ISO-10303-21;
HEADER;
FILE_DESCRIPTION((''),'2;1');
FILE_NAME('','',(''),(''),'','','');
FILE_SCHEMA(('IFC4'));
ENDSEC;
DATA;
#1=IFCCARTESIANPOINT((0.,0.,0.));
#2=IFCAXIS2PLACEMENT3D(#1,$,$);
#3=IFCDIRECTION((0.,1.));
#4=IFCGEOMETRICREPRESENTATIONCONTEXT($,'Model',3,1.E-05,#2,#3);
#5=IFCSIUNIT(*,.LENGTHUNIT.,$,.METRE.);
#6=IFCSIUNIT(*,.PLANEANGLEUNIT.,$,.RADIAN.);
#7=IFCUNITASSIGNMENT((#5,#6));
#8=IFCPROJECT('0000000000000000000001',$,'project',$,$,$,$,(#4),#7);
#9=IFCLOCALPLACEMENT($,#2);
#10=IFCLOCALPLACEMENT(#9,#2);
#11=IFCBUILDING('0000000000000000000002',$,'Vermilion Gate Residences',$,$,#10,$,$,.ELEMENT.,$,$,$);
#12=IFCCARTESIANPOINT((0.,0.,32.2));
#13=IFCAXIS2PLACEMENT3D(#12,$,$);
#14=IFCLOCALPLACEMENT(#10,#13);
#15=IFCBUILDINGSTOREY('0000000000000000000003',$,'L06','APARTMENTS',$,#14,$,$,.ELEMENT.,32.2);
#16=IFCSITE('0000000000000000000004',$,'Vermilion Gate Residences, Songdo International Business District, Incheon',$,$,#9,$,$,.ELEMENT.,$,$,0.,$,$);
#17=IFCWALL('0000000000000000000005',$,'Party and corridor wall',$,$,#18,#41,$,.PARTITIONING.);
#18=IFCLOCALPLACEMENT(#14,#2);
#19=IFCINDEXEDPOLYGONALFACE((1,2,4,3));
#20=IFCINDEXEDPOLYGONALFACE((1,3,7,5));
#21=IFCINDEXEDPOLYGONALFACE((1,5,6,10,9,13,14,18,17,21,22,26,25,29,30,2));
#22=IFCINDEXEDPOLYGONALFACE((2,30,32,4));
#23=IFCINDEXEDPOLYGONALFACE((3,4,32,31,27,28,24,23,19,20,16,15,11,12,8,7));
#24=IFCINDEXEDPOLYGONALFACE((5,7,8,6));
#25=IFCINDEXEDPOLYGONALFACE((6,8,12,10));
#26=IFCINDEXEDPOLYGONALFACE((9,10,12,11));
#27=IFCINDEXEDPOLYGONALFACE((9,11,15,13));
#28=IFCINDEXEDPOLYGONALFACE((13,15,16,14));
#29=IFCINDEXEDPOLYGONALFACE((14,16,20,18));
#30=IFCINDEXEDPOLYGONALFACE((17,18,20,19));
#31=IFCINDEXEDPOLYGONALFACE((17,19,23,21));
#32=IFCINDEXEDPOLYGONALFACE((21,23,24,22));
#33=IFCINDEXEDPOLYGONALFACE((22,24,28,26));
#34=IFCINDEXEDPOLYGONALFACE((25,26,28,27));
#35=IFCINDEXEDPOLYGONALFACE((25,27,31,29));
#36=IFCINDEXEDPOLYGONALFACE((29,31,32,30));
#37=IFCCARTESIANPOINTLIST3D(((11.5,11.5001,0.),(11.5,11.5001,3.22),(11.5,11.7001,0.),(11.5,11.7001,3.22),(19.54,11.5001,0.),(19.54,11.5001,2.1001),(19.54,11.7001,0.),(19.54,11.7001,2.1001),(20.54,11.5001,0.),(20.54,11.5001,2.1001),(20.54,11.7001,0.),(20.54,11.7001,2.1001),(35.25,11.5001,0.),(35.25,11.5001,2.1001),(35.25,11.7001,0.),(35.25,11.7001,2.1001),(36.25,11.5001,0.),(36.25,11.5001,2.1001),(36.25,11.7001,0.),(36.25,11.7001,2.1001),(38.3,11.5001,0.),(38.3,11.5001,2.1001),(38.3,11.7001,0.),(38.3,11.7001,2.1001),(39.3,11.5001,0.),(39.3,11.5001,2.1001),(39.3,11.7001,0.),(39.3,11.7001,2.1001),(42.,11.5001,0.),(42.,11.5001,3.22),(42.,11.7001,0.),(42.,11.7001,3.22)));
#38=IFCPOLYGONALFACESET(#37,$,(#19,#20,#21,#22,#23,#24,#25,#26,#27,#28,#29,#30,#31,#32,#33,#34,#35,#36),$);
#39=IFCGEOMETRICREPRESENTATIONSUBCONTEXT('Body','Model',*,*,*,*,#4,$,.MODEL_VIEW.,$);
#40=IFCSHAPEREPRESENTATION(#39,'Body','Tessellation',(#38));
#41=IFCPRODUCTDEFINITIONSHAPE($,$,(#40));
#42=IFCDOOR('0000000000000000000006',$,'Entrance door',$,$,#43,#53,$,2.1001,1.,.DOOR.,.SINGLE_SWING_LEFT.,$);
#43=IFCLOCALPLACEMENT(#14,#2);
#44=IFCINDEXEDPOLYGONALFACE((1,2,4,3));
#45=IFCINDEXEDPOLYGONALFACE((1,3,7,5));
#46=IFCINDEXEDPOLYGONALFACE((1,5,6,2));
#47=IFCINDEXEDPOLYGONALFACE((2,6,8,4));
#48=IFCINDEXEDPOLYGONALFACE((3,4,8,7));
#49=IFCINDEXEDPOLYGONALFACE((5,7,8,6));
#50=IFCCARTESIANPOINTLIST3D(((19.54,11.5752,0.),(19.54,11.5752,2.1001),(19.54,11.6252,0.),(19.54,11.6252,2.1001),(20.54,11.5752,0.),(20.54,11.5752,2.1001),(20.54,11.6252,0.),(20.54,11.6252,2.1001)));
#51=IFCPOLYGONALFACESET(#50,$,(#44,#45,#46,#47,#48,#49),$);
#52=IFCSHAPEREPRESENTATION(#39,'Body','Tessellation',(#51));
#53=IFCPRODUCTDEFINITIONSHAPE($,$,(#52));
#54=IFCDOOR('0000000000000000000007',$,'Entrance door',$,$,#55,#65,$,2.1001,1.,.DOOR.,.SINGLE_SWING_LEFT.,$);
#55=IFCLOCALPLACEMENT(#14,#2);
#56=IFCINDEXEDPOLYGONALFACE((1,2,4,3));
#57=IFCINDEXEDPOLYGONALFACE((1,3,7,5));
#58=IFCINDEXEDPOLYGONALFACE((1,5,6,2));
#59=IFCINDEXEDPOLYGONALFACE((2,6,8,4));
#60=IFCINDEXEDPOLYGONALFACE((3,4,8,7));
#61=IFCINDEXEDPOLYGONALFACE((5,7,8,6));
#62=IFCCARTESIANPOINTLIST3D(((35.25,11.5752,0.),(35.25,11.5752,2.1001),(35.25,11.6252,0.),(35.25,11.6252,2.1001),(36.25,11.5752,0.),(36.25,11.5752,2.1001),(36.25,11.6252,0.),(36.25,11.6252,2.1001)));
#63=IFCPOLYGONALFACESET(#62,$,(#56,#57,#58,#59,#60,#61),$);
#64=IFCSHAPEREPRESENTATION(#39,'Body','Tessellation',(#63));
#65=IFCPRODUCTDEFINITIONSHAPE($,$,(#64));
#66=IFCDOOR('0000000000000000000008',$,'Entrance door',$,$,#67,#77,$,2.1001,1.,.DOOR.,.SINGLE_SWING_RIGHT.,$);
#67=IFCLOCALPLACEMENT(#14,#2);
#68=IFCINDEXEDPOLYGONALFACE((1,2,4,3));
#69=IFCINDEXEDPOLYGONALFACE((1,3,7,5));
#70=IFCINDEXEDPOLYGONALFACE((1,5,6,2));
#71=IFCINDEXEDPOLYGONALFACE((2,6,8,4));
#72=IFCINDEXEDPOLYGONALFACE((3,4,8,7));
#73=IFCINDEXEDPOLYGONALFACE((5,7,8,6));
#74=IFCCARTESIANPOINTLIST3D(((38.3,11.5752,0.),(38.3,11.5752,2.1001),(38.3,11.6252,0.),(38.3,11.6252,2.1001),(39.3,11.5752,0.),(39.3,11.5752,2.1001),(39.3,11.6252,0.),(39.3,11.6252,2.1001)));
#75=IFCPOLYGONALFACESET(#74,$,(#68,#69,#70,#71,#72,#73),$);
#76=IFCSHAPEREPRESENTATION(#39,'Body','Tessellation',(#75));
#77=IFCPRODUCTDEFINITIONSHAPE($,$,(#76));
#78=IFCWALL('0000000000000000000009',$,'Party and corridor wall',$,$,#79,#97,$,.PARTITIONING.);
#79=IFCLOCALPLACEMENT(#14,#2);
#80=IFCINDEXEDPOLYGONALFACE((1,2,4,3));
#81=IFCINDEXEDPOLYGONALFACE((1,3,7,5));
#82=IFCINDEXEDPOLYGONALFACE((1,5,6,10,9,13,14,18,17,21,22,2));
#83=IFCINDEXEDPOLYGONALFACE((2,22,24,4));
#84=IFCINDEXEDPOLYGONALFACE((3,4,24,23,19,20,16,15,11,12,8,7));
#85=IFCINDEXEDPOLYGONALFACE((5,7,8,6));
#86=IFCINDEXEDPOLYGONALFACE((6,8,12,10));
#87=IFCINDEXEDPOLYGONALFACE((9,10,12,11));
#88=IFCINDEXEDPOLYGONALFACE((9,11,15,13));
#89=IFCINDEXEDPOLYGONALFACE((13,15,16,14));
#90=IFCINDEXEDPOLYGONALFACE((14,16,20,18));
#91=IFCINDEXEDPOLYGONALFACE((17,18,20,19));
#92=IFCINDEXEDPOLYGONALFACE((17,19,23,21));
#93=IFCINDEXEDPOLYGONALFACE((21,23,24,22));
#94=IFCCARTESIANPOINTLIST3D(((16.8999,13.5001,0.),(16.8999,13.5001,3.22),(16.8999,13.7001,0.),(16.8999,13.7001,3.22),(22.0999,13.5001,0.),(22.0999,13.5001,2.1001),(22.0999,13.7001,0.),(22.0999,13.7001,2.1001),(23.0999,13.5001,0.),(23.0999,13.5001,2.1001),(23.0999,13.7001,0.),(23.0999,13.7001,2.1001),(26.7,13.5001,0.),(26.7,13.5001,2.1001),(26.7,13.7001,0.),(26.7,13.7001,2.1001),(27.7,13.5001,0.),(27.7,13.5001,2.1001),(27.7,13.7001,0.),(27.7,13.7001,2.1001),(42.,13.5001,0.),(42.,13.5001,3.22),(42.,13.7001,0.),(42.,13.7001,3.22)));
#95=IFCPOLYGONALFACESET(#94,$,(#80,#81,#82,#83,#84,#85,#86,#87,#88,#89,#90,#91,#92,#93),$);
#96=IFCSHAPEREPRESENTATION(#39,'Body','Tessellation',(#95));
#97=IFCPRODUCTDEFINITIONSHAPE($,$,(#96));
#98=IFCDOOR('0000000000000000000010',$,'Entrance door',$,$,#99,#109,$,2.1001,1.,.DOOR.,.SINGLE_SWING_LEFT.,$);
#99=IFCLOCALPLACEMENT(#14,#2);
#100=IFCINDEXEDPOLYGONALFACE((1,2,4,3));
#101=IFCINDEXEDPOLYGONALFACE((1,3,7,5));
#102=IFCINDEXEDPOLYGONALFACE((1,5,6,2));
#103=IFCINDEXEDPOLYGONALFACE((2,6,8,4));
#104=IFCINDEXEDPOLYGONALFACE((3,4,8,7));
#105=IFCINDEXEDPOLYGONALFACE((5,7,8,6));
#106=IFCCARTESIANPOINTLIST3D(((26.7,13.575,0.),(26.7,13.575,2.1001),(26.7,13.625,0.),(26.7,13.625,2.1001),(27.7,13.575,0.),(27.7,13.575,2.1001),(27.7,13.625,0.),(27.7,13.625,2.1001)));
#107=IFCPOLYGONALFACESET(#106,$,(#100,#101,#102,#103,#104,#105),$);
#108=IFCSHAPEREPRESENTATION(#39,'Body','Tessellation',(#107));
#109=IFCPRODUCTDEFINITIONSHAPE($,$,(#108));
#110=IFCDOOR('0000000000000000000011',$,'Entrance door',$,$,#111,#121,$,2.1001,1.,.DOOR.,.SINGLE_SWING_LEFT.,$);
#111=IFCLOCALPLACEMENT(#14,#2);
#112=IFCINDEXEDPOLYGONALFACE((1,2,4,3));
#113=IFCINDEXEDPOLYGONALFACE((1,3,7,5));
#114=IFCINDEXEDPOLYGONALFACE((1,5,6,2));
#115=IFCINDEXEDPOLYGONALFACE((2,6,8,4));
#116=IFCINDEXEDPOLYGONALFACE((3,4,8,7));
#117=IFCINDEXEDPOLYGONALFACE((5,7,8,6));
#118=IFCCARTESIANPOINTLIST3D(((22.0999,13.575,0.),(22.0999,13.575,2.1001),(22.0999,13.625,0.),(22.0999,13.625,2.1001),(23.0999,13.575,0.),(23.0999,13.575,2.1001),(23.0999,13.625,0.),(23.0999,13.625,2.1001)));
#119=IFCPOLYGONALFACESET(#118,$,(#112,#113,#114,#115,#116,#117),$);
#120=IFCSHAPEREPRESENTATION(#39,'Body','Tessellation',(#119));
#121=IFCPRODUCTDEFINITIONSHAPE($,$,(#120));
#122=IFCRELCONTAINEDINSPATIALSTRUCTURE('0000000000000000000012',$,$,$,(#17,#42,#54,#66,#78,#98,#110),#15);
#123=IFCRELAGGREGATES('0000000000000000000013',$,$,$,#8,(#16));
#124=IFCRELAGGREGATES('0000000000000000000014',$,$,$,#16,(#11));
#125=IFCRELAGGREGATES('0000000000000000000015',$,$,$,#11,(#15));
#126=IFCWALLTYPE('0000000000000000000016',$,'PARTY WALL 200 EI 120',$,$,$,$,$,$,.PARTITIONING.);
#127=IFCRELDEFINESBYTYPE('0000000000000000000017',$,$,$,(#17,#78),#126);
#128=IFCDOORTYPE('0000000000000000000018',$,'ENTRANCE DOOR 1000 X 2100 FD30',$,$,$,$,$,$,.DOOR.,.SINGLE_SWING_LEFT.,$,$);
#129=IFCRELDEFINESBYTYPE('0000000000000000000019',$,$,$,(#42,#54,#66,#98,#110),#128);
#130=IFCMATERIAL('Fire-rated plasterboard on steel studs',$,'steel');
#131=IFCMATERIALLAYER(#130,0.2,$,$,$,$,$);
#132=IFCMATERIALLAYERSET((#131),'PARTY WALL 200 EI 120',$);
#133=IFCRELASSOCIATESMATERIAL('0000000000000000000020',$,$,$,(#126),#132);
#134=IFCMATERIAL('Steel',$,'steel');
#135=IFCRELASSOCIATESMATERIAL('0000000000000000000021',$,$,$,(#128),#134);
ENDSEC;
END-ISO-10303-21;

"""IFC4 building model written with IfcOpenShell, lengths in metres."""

from ifc_helpers import new_model, si_unit, direction, frame, frame_2d, origin, place, context, subcontext, project, spatial, rectangle, extrude, material, layer, layer_set, type_object, element, fill, save


model = new_model("IFC4")

# Units and contexts
model_context = context("Model", 3, precision=1e-05, world=origin(), true_north=direction((0.0, 1.0)))
body_context = subcontext(model_context, "Body", "Model", "MODEL_VIEW")
ifc_project = project(units=[si_unit("LENGTHUNIT", "METRE"), si_unit("PLANEANGLEUNIT", "RADIAN")], contexts=[model_context])

# Site, building, storey
site_placement = place(None, origin())
site = spatial("IfcSite", under=ifc_project, at=site_placement, Name="Vermilion Gate Residences, Songdo International Business District, Incheon", CompositionType="ELEMENT", RefElevation=0.0)
building_placement = place(site_placement, origin())
building = spatial("IfcBuilding", under=site, at=building_placement, Name="Vermilion Gate Residences", CompositionType="ELEMENT")
storey_placement = place(building_placement, frame((0.0, 0.0, 32.2)))
storey = spatial("IfcBuildingStorey", under=building, at=storey_placement, Name="L06", Description="APARTMENTS", CompositionType="ELEMENT", Elevation=32.2)

# Walls, openings, doors
ifc_material_1 = material(Name="Fire-rated plasterboard on steel studs", Category="steel")
ifc_layer_1 = layer(ifc_material_1, 0.2)
ifc_layer_set_1 = layer_set([ifc_layer_1], Name="PARTY WALL 200 EI 120")
wall_type_1 = type_object("IfcWallType", Name="PARTY WALL 200 EI 120", PredefinedType="PARTITIONING", material=ifc_layer_set_1)
wall_1_placement = place(storey_placement, frame((11.5, 11.6001, 0.0), z_axis=(0.0, 0.0, 1.0), x_axis=(1.0, 0.0, 0.0)))
wall_1 = element("IfcWall", 1, at=wall_1_placement, inside=storey, type_object=wall_type_1, Name="Party and corridor wall", PredefinedType="PARTITIONING", context=body_context, shape_type="SweptSolid", body=[
    extrude(rectangle(XDim=30.5, YDim=0.2, at=frame_2d((15.25, 0.0))), origin(), (0.0, 0.0, 1.0), 3.22),
])
opening_1_placement = place(wall_1_placement, frame((8.04, 0.0, 0.0)))
opening_1 = element("IfcOpeningElement", 2, at=opening_1_placement, cuts=wall_1, PredefinedType="OPENING", context=body_context, shape_type="SweptSolid", body=[
    extrude(rectangle(XDim=1.0, YDim=2.1001, at=frame_2d((0.5, 1.05))), frame((0.0, 0.1099, 0.0), z_axis=(0.0, -1.0, 0.0), x_axis=(1.0, 0.0, 0.0)), (0.0, 0.0, 1.0), 0.22),
])
opening_2_placement = place(wall_1_placement, frame((23.75, 0.0, 0.0)))
opening_2 = element("IfcOpeningElement", 3, at=opening_2_placement, cuts=wall_1, PredefinedType="OPENING", context=body_context, shape_type="SweptSolid", body=[
    extrude(rectangle(XDim=1.0, YDim=2.1001, at=frame_2d((0.5, 1.05))), frame((0.0, 0.1099, 0.0), z_axis=(0.0, -1.0, 0.0), x_axis=(1.0, 0.0, 0.0)), (0.0, 0.0, 1.0), 0.22),
])
opening_3_placement = place(wall_1_placement, frame((26.8, 0.0, 0.0)))
opening_3 = element("IfcOpeningElement", 4, at=opening_3_placement, cuts=wall_1, PredefinedType="OPENING", context=body_context, shape_type="SweptSolid", body=[
    extrude(rectangle(XDim=1.0, YDim=2.1001, at=frame_2d((0.5, 1.05))), frame((0.0, 0.1099, 0.0), z_axis=(0.0, -1.0, 0.0), x_axis=(1.0, 0.0, 0.0)), (0.0, 0.0, 1.0), 0.22),
])
ifc_material_2 = material(Name="Steel", Category="steel")
door_type_1 = type_object("IfcDoorType", Name="ENTRANCE DOOR 1000 X 2100 FD30", OperationType="SINGLE_SWING_LEFT", PredefinedType="DOOR", material=ifc_material_2)
door_1_placement = place(opening_1_placement, frame((1.0, 0.0, 0.0), z_axis=(0.0, 0.0, 1.0), x_axis=(-1.0, 0.0, 0.0)))
door_1 = element("IfcDoor", 5, at=door_1_placement, inside=storey, type_object=door_type_1, Name="Entrance door", OperationType="SINGLE_SWING_LEFT", OverallHeight=2.1001, OverallWidth=1.0, PredefinedType="DOOR", context=body_context, shape_type="SweptSolid", body=[
    extrude(rectangle(XDim=1.0, YDim=2.1001, at=frame_2d((0.5, 1.05))), frame((0.0, 0.0249, 0.0), z_axis=(0.0, -1.0, 0.0), x_axis=(1.0, 0.0, 0.0)), (0.0, 0.0, 1.0), 0.05),
])
fill(opening_1, door_1)
door_2_placement = place(opening_2_placement, frame((1.0, 0.0, 0.0), z_axis=(0.0, 0.0, 1.0), x_axis=(-1.0, 0.0, 0.0)))
door_2 = element("IfcDoor", 6, at=door_2_placement, inside=storey, type_object=door_type_1, Name="Entrance door", OperationType="SINGLE_SWING_LEFT", OverallHeight=2.1001, OverallWidth=1.0, PredefinedType="DOOR", context=body_context, shape_type="SweptSolid", body=[
    extrude(rectangle(XDim=1.0, YDim=2.1001, at=frame_2d((0.5, 1.05))), frame((0.0, 0.0249, 0.0), z_axis=(0.0, -1.0, 0.0), x_axis=(1.0, 0.0, 0.0)), (0.0, 0.0, 1.0), 0.05),
])
fill(opening_2, door_2)
door_3_placement = place(opening_3_placement, frame((1.0, 0.0, 0.0), z_axis=(0.0, 0.0, 1.0), x_axis=(-1.0, 0.0, 0.0)))
door_3 = element("IfcDoor", 7, at=door_3_placement, inside=storey, type_object=door_type_1, Name="Entrance door", OperationType="SINGLE_SWING_RIGHT", OverallHeight=2.1001, OverallWidth=1.0, PredefinedType="DOOR", context=body_context, shape_type="SweptSolid", body=[
    extrude(rectangle(XDim=1.0, YDim=2.1001, at=frame_2d((0.5, 1.05))), frame((0.0, 0.0249, 0.0), z_axis=(0.0, -1.0, 0.0), x_axis=(1.0, 0.0, 0.0)), (0.0, 0.0, 1.0), 0.05),
])
fill(opening_3, door_3)
wall_2_placement = place(storey_placement, frame((16.8999, 13.6001, 0.0), z_axis=(0.0, 0.0, 1.0), x_axis=(1.0, 0.0, 0.0)))
wall_2 = element("IfcWall", 8, at=wall_2_placement, inside=storey, type_object=wall_type_1, Name="Party and corridor wall", PredefinedType="PARTITIONING", context=body_context, shape_type="SweptSolid", body=[
    extrude(rectangle(XDim=25.1001, YDim=0.2, at=frame_2d((12.55, 0.0))), origin(), (0.0, 0.0, 1.0), 3.22),
])
opening_4_placement = place(wall_2_placement, frame((9.8, 0.0, 0.0)))
opening_4 = element("IfcOpeningElement", 9, at=opening_4_placement, cuts=wall_2, PredefinedType="OPENING", context=body_context, shape_type="SweptSolid", body=[
    extrude(rectangle(XDim=1.0, YDim=2.1001, at=frame_2d((0.5, 1.05))), frame((0.0, 0.1099, 0.0), z_axis=(0.0, -1.0, 0.0), x_axis=(1.0, 0.0, 0.0)), (0.0, 0.0, 1.0), 0.22),
])
opening_5_placement = place(wall_2_placement, frame((5.2, 0.0, 0.0)))
opening_5 = element("IfcOpeningElement", 10, at=opening_5_placement, cuts=wall_2, PredefinedType="OPENING", context=body_context, shape_type="SweptSolid", body=[
    extrude(rectangle(XDim=1.0, YDim=2.1001, at=frame_2d((0.5, 1.05))), frame((0.0, 0.1099, 0.0), z_axis=(0.0, -1.0, 0.0), x_axis=(1.0, 0.0, 0.0)), (0.0, 0.0, 1.0), 0.22),
])
door_4_placement = place(opening_4_placement, origin())
door_4 = element("IfcDoor", 11, at=door_4_placement, inside=storey, type_object=door_type_1, Name="Entrance door", OperationType="SINGLE_SWING_LEFT", OverallHeight=2.1001, OverallWidth=1.0, PredefinedType="DOOR", context=body_context, shape_type="SweptSolid", body=[
    extrude(rectangle(XDim=1.0, YDim=2.1001, at=frame_2d((0.5, 1.05))), frame((0.0, 0.0249, 0.0), z_axis=(0.0, -1.0, 0.0), x_axis=(1.0, 0.0, 0.0)), (0.0, 0.0, 1.0), 0.05),
])
fill(opening_4, door_4)
door_5_placement = place(opening_5_placement, origin())
door_5 = element("IfcDoor", 12, at=door_5_placement, inside=storey, type_object=door_type_1, Name="Entrance door", OperationType="SINGLE_SWING_LEFT", OverallHeight=2.1001, OverallWidth=1.0, PredefinedType="DOOR", context=body_context, shape_type="SweptSolid", body=[
    extrude(rectangle(XDim=1.0, YDim=2.1001, at=frame_2d((0.5, 1.05))), frame((0.0, 0.0249, 0.0), z_axis=(0.0, -1.0, 0.0), x_axis=(1.0, 0.0, 0.0)), (0.0, 0.0, 1.0), 0.05),
])
fill(opening_5, door_5)

save(model, "model.ifc")
